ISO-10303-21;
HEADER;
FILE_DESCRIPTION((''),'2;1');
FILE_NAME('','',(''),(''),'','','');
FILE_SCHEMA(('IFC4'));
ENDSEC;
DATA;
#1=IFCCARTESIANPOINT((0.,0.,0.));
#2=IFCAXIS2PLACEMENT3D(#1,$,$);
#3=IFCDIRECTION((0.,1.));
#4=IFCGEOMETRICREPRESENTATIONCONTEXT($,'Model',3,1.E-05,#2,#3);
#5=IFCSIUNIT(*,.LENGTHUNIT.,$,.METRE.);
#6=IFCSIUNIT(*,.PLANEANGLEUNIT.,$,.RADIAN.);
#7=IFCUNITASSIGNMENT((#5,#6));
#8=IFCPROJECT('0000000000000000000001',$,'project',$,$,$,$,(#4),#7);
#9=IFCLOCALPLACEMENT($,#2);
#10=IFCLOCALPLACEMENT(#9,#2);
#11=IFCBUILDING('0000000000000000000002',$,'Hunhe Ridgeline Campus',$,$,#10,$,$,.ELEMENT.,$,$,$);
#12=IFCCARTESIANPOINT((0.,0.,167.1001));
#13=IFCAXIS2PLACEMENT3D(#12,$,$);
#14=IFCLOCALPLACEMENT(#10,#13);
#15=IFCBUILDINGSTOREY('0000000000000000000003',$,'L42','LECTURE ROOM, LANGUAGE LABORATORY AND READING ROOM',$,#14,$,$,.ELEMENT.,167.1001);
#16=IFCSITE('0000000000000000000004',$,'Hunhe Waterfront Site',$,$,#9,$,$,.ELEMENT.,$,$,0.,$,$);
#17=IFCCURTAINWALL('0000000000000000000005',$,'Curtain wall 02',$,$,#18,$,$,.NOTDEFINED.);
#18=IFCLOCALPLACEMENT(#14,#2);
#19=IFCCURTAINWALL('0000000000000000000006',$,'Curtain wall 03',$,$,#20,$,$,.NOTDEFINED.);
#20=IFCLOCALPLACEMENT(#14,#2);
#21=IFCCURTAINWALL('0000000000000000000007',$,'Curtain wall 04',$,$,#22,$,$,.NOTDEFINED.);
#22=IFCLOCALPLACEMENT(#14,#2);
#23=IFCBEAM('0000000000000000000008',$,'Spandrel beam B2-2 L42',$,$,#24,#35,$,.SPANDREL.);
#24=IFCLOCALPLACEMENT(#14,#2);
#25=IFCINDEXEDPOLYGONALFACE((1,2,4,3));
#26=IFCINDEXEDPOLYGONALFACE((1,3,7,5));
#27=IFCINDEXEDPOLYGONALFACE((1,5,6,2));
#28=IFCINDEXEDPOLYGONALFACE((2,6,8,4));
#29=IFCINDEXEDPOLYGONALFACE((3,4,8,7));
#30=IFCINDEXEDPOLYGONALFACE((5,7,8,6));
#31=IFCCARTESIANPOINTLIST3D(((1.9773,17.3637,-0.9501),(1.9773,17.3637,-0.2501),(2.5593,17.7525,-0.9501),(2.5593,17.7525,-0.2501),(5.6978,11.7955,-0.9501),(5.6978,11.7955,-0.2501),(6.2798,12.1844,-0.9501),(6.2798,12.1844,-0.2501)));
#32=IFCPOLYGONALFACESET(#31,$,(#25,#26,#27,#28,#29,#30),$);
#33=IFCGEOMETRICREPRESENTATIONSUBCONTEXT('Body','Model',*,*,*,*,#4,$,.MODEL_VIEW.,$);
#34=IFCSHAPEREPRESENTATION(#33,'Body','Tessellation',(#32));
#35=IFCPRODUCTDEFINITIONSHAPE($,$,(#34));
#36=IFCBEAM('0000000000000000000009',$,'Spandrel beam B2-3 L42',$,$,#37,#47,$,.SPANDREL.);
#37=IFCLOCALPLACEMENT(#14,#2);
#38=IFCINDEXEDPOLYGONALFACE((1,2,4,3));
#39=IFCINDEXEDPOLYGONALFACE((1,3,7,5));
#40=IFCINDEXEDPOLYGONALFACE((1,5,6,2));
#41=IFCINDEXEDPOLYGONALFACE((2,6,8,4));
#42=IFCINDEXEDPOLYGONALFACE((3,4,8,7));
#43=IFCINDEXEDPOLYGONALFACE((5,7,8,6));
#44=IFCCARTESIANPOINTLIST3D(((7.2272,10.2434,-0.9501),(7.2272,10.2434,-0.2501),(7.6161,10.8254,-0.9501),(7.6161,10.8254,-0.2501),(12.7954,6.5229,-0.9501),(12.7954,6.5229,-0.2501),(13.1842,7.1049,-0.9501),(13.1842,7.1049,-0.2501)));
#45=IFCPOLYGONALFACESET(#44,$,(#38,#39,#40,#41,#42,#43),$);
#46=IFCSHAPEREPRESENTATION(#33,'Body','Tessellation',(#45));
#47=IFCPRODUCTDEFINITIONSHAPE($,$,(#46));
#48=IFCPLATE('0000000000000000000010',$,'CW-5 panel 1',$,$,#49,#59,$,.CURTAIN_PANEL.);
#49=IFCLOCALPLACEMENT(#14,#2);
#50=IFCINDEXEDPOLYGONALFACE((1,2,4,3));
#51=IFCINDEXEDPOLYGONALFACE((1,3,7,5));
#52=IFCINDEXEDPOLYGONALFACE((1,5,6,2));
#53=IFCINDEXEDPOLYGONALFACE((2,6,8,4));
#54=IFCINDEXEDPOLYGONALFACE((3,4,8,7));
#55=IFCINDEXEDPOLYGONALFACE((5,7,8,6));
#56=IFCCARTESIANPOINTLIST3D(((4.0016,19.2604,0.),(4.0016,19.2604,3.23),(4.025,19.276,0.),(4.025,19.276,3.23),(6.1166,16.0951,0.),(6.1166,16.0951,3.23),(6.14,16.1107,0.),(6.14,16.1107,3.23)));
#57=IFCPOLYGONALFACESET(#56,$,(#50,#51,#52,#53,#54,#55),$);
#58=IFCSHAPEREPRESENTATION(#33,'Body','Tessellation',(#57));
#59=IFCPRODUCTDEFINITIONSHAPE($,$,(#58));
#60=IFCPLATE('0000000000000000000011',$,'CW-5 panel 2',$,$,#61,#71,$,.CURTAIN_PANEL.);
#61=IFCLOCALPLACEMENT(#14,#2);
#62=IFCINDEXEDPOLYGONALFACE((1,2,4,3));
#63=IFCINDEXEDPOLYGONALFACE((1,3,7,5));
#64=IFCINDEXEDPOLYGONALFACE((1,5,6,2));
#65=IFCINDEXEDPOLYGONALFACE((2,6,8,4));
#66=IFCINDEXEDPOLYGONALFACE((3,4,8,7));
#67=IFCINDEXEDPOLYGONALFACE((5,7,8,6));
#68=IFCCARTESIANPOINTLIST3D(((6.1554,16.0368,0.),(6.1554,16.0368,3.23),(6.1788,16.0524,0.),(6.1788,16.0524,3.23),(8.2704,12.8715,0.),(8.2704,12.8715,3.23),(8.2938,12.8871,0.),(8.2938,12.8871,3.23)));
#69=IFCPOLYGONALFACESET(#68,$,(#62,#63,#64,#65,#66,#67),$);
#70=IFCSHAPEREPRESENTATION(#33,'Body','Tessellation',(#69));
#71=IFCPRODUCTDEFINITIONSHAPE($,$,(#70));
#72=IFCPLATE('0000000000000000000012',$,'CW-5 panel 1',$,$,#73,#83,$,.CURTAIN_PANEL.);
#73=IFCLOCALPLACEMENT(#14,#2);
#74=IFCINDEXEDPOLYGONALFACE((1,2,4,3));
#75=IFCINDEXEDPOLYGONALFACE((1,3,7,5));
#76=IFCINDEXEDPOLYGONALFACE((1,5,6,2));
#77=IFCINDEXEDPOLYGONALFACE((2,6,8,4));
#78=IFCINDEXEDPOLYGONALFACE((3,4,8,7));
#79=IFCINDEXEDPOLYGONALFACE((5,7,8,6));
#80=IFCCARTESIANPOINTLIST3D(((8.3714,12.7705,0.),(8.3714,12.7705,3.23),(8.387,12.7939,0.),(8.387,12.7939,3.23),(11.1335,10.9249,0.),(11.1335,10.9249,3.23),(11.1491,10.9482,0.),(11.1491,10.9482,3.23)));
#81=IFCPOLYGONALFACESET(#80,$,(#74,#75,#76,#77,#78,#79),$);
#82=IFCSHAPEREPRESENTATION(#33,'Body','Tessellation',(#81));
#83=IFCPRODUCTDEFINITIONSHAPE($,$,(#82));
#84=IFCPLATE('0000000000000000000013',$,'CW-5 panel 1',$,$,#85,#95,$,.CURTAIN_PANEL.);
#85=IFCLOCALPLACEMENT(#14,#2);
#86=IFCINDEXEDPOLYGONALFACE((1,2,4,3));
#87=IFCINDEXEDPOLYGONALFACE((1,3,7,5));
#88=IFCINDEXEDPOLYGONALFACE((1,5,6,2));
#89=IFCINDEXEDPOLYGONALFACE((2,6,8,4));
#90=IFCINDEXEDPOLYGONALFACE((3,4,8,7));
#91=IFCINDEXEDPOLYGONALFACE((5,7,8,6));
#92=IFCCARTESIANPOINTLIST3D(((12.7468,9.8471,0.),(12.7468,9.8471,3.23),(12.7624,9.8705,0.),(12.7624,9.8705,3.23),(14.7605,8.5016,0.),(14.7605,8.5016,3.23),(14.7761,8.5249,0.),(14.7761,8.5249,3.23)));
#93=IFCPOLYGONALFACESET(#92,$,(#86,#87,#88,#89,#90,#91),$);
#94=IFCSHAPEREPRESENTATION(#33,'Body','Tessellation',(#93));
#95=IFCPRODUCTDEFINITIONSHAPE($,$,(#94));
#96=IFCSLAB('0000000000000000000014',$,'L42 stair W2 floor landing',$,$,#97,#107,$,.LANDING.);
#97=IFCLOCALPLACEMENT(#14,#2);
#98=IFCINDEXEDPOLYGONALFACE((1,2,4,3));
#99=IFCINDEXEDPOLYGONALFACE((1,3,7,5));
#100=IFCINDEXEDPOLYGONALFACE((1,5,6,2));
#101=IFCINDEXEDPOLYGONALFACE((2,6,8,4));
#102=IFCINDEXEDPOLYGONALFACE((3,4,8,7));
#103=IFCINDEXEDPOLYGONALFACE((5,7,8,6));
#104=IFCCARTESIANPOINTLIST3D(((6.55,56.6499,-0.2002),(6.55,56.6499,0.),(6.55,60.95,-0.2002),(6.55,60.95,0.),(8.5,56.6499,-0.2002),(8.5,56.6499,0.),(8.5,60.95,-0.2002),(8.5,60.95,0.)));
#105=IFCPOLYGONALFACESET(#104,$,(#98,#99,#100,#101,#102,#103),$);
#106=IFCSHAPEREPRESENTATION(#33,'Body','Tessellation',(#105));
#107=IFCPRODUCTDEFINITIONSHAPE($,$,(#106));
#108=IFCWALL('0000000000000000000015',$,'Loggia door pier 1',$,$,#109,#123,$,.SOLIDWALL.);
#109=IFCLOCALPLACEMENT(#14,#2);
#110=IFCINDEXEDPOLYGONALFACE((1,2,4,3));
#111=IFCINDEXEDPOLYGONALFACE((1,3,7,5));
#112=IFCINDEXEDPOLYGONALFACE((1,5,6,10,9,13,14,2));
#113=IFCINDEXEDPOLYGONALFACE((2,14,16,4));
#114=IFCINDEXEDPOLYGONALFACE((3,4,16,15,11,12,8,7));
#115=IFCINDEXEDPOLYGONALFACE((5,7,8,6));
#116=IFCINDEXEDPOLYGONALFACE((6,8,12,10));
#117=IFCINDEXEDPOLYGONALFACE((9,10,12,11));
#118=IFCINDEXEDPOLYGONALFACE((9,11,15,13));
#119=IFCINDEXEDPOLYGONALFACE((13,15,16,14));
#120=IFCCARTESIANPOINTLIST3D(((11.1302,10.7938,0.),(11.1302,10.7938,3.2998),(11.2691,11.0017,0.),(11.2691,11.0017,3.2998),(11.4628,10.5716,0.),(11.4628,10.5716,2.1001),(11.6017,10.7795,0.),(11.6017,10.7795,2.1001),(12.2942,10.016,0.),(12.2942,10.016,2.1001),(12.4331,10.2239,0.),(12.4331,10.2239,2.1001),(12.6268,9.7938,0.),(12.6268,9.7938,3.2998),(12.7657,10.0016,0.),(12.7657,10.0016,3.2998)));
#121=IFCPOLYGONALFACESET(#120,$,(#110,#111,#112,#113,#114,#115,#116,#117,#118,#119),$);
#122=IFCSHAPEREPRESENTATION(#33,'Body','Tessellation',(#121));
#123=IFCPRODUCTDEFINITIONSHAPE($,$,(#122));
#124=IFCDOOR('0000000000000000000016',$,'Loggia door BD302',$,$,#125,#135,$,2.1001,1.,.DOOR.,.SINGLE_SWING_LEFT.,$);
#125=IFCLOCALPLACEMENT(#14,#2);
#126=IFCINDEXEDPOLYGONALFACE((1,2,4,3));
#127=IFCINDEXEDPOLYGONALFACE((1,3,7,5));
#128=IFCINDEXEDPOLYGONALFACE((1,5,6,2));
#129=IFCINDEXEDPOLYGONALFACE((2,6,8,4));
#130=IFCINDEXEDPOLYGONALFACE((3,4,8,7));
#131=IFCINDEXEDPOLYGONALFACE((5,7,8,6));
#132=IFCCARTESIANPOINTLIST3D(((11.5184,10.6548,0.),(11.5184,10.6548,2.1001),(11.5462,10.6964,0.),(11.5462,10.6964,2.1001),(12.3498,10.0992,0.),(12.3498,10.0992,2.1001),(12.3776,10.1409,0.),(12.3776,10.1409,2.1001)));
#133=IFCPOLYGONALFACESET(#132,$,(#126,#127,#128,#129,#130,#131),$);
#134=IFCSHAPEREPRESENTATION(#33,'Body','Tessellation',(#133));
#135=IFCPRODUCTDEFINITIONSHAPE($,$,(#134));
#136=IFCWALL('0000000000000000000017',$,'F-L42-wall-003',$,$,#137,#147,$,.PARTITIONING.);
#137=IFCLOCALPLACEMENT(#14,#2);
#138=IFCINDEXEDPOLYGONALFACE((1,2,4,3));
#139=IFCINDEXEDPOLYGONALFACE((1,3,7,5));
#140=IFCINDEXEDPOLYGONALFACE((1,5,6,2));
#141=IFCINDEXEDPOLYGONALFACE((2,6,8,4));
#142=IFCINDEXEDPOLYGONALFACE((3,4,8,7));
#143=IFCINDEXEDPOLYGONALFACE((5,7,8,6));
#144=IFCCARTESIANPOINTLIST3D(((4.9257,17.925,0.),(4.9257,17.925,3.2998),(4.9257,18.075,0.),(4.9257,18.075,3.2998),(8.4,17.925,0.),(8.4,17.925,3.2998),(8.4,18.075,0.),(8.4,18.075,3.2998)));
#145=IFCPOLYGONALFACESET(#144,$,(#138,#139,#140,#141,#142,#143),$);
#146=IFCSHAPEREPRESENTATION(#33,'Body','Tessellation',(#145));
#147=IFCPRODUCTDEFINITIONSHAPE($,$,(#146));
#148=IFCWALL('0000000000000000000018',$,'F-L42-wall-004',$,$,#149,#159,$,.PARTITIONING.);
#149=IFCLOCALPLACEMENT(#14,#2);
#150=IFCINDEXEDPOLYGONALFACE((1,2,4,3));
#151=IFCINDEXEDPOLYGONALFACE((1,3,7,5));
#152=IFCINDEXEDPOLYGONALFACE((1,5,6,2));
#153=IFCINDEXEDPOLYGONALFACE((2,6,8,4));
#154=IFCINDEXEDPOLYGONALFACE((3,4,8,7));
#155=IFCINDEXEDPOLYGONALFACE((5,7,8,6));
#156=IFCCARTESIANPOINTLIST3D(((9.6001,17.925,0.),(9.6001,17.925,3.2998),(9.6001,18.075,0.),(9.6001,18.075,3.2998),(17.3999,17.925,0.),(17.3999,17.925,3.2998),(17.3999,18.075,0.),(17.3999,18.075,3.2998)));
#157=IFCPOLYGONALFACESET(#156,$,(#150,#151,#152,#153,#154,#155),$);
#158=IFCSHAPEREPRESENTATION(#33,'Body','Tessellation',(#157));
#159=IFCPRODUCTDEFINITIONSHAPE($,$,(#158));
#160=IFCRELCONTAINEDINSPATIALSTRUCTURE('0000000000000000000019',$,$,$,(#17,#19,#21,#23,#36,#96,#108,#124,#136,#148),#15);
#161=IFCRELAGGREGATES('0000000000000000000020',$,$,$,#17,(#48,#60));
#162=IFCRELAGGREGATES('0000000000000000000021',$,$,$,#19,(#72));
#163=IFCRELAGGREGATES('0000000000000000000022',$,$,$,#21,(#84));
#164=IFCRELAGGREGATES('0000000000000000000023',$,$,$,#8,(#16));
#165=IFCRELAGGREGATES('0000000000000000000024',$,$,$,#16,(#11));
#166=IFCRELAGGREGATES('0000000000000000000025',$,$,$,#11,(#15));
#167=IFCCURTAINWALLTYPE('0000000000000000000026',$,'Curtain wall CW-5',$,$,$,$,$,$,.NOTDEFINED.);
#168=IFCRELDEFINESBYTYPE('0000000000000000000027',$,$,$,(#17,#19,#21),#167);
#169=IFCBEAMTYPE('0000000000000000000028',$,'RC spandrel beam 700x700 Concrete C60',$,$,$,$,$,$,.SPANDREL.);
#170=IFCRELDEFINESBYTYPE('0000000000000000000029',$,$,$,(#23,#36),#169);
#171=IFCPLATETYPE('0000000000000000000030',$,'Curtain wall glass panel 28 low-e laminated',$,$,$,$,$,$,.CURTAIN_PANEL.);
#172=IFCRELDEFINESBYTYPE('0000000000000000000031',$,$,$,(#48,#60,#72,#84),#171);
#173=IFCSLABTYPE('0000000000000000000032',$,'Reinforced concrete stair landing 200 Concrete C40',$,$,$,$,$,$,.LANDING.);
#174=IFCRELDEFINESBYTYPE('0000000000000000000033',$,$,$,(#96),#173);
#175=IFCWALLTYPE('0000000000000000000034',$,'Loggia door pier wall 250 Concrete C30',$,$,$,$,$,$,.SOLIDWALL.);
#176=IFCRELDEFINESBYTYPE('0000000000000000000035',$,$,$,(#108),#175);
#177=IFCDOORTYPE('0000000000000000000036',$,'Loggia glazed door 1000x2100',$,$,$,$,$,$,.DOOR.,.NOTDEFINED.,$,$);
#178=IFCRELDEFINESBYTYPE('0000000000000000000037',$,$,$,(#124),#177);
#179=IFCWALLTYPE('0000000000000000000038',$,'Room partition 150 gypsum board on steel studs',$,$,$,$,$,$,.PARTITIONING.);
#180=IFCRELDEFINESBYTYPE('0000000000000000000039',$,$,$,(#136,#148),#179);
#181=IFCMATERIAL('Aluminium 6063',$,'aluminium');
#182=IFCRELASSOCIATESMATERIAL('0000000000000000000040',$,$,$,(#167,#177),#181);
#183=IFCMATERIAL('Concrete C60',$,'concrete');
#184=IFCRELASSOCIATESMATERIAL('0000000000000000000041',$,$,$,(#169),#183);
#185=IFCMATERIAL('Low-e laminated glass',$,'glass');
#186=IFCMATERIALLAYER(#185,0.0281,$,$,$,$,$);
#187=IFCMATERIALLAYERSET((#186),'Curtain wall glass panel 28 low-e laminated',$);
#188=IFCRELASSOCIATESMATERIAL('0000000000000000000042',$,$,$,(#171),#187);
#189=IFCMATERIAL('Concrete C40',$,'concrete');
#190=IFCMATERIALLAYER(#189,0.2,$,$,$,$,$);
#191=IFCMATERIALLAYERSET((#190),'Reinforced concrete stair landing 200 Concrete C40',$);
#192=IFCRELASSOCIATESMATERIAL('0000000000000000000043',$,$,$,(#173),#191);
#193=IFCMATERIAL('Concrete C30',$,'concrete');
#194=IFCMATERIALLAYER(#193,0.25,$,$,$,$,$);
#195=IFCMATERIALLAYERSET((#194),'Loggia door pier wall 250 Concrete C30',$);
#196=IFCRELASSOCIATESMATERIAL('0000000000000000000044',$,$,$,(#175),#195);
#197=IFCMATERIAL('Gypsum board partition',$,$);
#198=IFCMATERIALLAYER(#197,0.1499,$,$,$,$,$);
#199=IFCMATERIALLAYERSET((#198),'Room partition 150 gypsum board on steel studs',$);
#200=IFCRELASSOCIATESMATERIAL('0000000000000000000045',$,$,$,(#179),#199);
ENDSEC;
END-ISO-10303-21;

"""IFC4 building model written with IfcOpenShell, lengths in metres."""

from ifc_helpers import new_model, si_unit, direction, frame, frame_2d, origin, origin_2d, place, context, subcontext, project, spatial, polyline, rectangle, outline, extrude, material, layer, layer_set, material_profile, profile_set, type_object, element, fill, aggregate, save


model = new_model("IFC4")

# Units and contexts
model_context = context("Model", 3, precision=1e-05, world=origin(), true_north=direction((0.0, 1.0)))
body_context = subcontext(model_context, "Body", "Model", "MODEL_VIEW")
ifc_project = project(units=[si_unit("LENGTHUNIT", "METRE"), si_unit("PLANEANGLEUNIT", "RADIAN")], contexts=[model_context])

# Site, building, storey
site_placement = place(None, origin())
site = spatial("IfcSite", under=ifc_project, at=site_placement, Name="Hunhe Waterfront Site", CompositionType="ELEMENT", RefElevation=0.0)
building_placement = place(site_placement, origin())
building = spatial("IfcBuilding", under=site, at=building_placement, Name="Hunhe Ridgeline Campus", CompositionType="ELEMENT")
storey_placement = place(building_placement, frame((0.0, 0.0, 167.1001)))
storey = spatial("IfcBuildingStorey", under=building, at=storey_placement, Name="L42", Description="LECTURE ROOM, LANGUAGE LABORATORY AND READING ROOM", CompositionType="ELEMENT", Elevation=167.1001)

# Shared definitions
ifc_material_1 = material(Name="Aluminium 6063", Category="aluminium")
curtain_wall_type = type_object("IfcCurtainWallType", Name="Curtain wall CW-5", PredefinedType="NOTDEFINED", material=ifc_material_1)

# Curtain walls
curtain_wall_1_placement = place(storey_placement, origin())
curtain_wall_1 = element("IfcCurtainWall", 1, at=curtain_wall_1_placement, inside=storey, type_object=curtain_wall_type, Name="Curtain wall 02", PredefinedType="NOTDEFINED")
curtain_wall_2_placement = place(storey_placement, origin())
curtain_wall_2 = element("IfcCurtainWall", 2, at=curtain_wall_2_placement, inside=storey, type_object=curtain_wall_type, Name="Curtain wall 03", PredefinedType="NOTDEFINED")
curtain_wall_3_placement = place(storey_placement, origin())
curtain_wall_3 = element("IfcCurtainWall", 3, at=curtain_wall_3_placement, inside=storey, type_object=curtain_wall_type, Name="Curtain wall 04", PredefinedType="NOTDEFINED")

# Beams
ifc_material_2 = material(Name="Concrete C60", Category="concrete")
ifc_material_profile_1 = material_profile(ifc_material_2, rectangle(XDim=0.7, YDim=0.7, at=origin_2d()))
ifc_profile_set_1 = profile_set([ifc_material_profile_1], Name="Concrete C60")
beam_type = type_object("IfcBeamType", Name="RC spandrel beam 700x700 Concrete C60", PredefinedType="SPANDREL", material=ifc_profile_set_1)
for number, where, z_axis, x_axis, name in (
    (4, (2.2683, 17.5581, -0.6001), (0.555566, -0.831472, 0.0), (0.831472, 0.555566, 0.0), "Spandrel beam B2-2 L42"),
    (5, (7.4216, 10.5344, -0.6001), (0.831472, -0.555566, 0.0), (0.555566, 0.831472, 0.0), "Spandrel beam B2-3 L42"),
):
    element("IfcBeam", number, at=place(storey_placement, frame(where, z_axis=z_axis, x_axis=x_axis)), inside=storey, type_object=beam_type, Name=name, PredefinedType="SPANDREL", context=body_context, shape_type="SweptSolid", body=[
        extrude(rectangle(XDim=0.7, YDim=0.7, at=origin_2d()), origin(), (0.0, 0.0, 1.0), 6.6968),
    ])

# Plates
ifc_material_3 = material(Name="Low-e laminated glass", Category="glass")
ifc_layer_1 = layer(ifc_material_3, 0.0281)
ifc_layer_set_1 = layer_set([ifc_layer_1], Name="Curtain wall glass panel 28 low-e laminated")
plate_type = type_object("IfcPlateType", Name="Curtain wall glass panel 28 low-e laminated", PredefinedType="CURTAIN_PANEL", material=ifc_layer_set_1)
plate_1_placement = place(storey_placement, frame((5.0708, 17.6855, 0.0), z_axis=(0.0, 0.0, 1.0), x_axis=(0.55557, -0.83147, 0.0)))
plate_1 = element("IfcPlate", 6, at=plate_1_placement, type_object=plate_type, Name="CW-5 panel 1", PredefinedType="CURTAIN_PANEL", context=body_context, shape_type="SweptSolid", body=[
    extrude(rectangle(XDim=3.8069, YDim=0.0281, at=origin_2d()), origin(), (0.0, 0.0, 1.0), 3.23),
])
plate_2_placement = place(storey_placement, frame((7.2246, 14.4619, 0.0), z_axis=(0.0, 0.0, 1.0), x_axis=(0.55557, -0.83147, 0.0)))
plate_2 = element("IfcPlate", 7, at=plate_2_placement, type_object=plate_type, Name="CW-5 panel 2", PredefinedType="CURTAIN_PANEL", context=body_context, shape_type="SweptSolid", body=[
    extrude(rectangle(XDim=3.8069, YDim=0.0281, at=origin_2d()), origin(), (0.0, 0.0, 1.0), 3.23),
])
aggregate(curtain_wall_1, [plate_1, plate_2])
plate_3_placement = place(storey_placement, frame((9.7603, 11.8594, 0.0), z_axis=(0.0, 0.0, 1.0), x_axis=(0.83147, -0.55557, 0.0)))
plate_3 = element("IfcPlate", 8, at=plate_3_placement, type_object=plate_type, Name="CW-5 panel 1", PredefinedType="CURTAIN_PANEL", context=body_context, shape_type="SweptSolid", body=[
    extrude(rectangle(XDim=3.322, YDim=0.0281, at=origin_2d()), origin(), (0.0, 0.0, 1.0), 3.23),
])
aggregate(curtain_wall_2, [plate_3])
plate_4_placement = place(storey_placement, frame((13.7615, 9.186, 0.0), z_axis=(0.0, 0.0, 1.0), x_axis=(0.83147, -0.55557, 0.0)))
plate_4 = element("IfcPlate", 9, at=plate_4_placement, type_object=plate_type, Name="CW-5 panel 1", PredefinedType="CURTAIN_PANEL", context=body_context, shape_type="SweptSolid", body=[
    extrude(rectangle(XDim=2.4219, YDim=0.0281, at=origin_2d()), origin(), (0.0, 0.0, 1.0), 3.23),
])
aggregate(curtain_wall_3, [plate_4])

# Slab
ifc_material_4 = material(Name="Concrete C40", Category="concrete")
ifc_layer_2 = layer(ifc_material_4, 0.2)
ifc_layer_set_2 = layer_set([ifc_layer_2], Name="Reinforced concrete stair landing 200 Concrete C40")
slab_type = type_object("IfcSlabType", Name="Reinforced concrete stair landing 200 Concrete C40", PredefinedType="LANDING", material=ifc_layer_set_2)
slab_placement = place(storey_placement, frame((0.0, 0.0, -0.2002)))
element("IfcSlab", 10, at=slab_placement, inside=storey, type_object=slab_type, Name="L42 stair W2 floor landing", PredefinedType="LANDING", context=body_context, shape_type="SweptSolid", body=[
    extrude(outline(polyline([(8.5, 60.95), (6.55, 60.95), (6.55, 56.6499), (8.5, 56.6499), (8.5, 60.95)])), origin(), (0.0, 0.0, 1.0), 0.2002),
])

# Wall, opening, door
ifc_material_5 = material(Name="Concrete C30", Category="concrete")
ifc_layer_3 = layer(ifc_material_5, 0.25)
ifc_layer_set_3 = layer_set([ifc_layer_3], Name="Loggia door pier wall 250 Concrete C30")
wall_type_1 = type_object("IfcWallType", Name="Loggia door pier wall 250 Concrete C30", PredefinedType="SOLIDWALL", material=ifc_layer_set_3)
wall_1_placement = place(storey_placement, frame((11.1997, 10.8977, 0.0), z_axis=(0.0, 0.0, 1.0), x_axis=(0.831466, -0.555576, 0.0)))
wall_1 = element("IfcWall", 11, at=wall_1_placement, inside=storey, type_object=wall_type_1, Name="Loggia door pier 1", PredefinedType="SOLIDWALL", context=body_context, shape_type="SweptSolid", body=[
    extrude(rectangle(XDim=1.8, YDim=0.25, at=frame_2d((0.8999, 0.0))), origin(), (0.0, 0.0, 1.0), 3.2998),
])
opening_placement = place(wall_1_placement, frame((0.3999, 0.0, 0.0)))
opening = element("IfcOpeningElement", 12, at=opening_placement, cuts=wall_1, PredefinedType="OPENING", context=body_context, shape_type="SweptSolid", body=[
    extrude(rectangle(XDim=1.0, YDim=2.1001, at=frame_2d((0.5, 1.05))), frame((0.0, 0.125, 0.0), z_axis=(0.0, -1.0, 0.0), x_axis=(1.0, 0.0, 0.0)), (0.0, 0.0, 1.0), 0.25),
])
door_type = type_object("IfcDoorType", Name="Loggia glazed door 1000x2100", OperationType="NOTDEFINED", PredefinedType="DOOR", material=ifc_material_1)
door_placement = place(opening_placement, frame((1.0, 0.0, 0.0), z_axis=(0.0, 0.0, 1.0), x_axis=(-1.0, 0.0, 0.0)))
door = element("IfcDoor", 13, at=door_placement, inside=storey, type_object=door_type, Name="Loggia door BD302", OperationType="SINGLE_SWING_LEFT", OverallHeight=2.1001, OverallWidth=1.0, PredefinedType="DOOR", context=body_context, shape_type="SweptSolid", body=[
    extrude(rectangle(XDim=1.0, YDim=2.1001, at=frame_2d((0.5, 1.05))), frame((0.0, 0.0249, 0.0), z_axis=(0.0, -1.0, 0.0), x_axis=(1.0, 0.0, 0.0)), (0.0, 0.0, 1.0), 0.05),
])
fill(opening, door)

# Walls
ifc_material_6 = material(Name="Gypsum board partition")
ifc_layer_4 = layer(ifc_material_6, 0.1499)
ifc_layer_set_4 = layer_set([ifc_layer_4], Name="Room partition 150 gypsum board on steel studs")
wall_type_2 = type_object("IfcWallType", Name="Room partition 150 gypsum board on steel studs", PredefinedType="PARTITIONING", material=ifc_layer_set_4)
wall_2_placement = place(storey_placement, frame((4.9255, 18.0, 0.0), z_axis=(0.0, 0.0, 1.0), x_axis=(1.0, 0.0, 0.0)))
element("IfcWall", 14, at=wall_2_placement, inside=storey, type_object=wall_type_2, Name="F-L42-wall-003", PredefinedType="PARTITIONING", context=body_context, shape_type="SweptSolid", body=[
    extrude(rectangle(XDim=3.4744, YDim=0.1499, at=frame_2d((1.7373, 0.0))), origin(), (0.0, 0.0, 1.0), 3.2998),
])
wall_3_placement = place(storey_placement, frame((9.6001, 18.0, 0.0), z_axis=(0.0, 0.0, 1.0), x_axis=(1.0, 0.0, 0.0)))
element("IfcWall", 15, at=wall_3_placement, inside=storey, type_object=wall_type_2, Name="F-L42-wall-004", PredefinedType="PARTITIONING", context=body_context, shape_type="SweptSolid", body=[
    extrude(rectangle(XDim=7.7998, YDim=0.1499, at=frame_2d((3.8999, 0.0))), origin(), (0.0, 0.0, 1.0), 3.2998),
])

save(model, "model.ifc")
